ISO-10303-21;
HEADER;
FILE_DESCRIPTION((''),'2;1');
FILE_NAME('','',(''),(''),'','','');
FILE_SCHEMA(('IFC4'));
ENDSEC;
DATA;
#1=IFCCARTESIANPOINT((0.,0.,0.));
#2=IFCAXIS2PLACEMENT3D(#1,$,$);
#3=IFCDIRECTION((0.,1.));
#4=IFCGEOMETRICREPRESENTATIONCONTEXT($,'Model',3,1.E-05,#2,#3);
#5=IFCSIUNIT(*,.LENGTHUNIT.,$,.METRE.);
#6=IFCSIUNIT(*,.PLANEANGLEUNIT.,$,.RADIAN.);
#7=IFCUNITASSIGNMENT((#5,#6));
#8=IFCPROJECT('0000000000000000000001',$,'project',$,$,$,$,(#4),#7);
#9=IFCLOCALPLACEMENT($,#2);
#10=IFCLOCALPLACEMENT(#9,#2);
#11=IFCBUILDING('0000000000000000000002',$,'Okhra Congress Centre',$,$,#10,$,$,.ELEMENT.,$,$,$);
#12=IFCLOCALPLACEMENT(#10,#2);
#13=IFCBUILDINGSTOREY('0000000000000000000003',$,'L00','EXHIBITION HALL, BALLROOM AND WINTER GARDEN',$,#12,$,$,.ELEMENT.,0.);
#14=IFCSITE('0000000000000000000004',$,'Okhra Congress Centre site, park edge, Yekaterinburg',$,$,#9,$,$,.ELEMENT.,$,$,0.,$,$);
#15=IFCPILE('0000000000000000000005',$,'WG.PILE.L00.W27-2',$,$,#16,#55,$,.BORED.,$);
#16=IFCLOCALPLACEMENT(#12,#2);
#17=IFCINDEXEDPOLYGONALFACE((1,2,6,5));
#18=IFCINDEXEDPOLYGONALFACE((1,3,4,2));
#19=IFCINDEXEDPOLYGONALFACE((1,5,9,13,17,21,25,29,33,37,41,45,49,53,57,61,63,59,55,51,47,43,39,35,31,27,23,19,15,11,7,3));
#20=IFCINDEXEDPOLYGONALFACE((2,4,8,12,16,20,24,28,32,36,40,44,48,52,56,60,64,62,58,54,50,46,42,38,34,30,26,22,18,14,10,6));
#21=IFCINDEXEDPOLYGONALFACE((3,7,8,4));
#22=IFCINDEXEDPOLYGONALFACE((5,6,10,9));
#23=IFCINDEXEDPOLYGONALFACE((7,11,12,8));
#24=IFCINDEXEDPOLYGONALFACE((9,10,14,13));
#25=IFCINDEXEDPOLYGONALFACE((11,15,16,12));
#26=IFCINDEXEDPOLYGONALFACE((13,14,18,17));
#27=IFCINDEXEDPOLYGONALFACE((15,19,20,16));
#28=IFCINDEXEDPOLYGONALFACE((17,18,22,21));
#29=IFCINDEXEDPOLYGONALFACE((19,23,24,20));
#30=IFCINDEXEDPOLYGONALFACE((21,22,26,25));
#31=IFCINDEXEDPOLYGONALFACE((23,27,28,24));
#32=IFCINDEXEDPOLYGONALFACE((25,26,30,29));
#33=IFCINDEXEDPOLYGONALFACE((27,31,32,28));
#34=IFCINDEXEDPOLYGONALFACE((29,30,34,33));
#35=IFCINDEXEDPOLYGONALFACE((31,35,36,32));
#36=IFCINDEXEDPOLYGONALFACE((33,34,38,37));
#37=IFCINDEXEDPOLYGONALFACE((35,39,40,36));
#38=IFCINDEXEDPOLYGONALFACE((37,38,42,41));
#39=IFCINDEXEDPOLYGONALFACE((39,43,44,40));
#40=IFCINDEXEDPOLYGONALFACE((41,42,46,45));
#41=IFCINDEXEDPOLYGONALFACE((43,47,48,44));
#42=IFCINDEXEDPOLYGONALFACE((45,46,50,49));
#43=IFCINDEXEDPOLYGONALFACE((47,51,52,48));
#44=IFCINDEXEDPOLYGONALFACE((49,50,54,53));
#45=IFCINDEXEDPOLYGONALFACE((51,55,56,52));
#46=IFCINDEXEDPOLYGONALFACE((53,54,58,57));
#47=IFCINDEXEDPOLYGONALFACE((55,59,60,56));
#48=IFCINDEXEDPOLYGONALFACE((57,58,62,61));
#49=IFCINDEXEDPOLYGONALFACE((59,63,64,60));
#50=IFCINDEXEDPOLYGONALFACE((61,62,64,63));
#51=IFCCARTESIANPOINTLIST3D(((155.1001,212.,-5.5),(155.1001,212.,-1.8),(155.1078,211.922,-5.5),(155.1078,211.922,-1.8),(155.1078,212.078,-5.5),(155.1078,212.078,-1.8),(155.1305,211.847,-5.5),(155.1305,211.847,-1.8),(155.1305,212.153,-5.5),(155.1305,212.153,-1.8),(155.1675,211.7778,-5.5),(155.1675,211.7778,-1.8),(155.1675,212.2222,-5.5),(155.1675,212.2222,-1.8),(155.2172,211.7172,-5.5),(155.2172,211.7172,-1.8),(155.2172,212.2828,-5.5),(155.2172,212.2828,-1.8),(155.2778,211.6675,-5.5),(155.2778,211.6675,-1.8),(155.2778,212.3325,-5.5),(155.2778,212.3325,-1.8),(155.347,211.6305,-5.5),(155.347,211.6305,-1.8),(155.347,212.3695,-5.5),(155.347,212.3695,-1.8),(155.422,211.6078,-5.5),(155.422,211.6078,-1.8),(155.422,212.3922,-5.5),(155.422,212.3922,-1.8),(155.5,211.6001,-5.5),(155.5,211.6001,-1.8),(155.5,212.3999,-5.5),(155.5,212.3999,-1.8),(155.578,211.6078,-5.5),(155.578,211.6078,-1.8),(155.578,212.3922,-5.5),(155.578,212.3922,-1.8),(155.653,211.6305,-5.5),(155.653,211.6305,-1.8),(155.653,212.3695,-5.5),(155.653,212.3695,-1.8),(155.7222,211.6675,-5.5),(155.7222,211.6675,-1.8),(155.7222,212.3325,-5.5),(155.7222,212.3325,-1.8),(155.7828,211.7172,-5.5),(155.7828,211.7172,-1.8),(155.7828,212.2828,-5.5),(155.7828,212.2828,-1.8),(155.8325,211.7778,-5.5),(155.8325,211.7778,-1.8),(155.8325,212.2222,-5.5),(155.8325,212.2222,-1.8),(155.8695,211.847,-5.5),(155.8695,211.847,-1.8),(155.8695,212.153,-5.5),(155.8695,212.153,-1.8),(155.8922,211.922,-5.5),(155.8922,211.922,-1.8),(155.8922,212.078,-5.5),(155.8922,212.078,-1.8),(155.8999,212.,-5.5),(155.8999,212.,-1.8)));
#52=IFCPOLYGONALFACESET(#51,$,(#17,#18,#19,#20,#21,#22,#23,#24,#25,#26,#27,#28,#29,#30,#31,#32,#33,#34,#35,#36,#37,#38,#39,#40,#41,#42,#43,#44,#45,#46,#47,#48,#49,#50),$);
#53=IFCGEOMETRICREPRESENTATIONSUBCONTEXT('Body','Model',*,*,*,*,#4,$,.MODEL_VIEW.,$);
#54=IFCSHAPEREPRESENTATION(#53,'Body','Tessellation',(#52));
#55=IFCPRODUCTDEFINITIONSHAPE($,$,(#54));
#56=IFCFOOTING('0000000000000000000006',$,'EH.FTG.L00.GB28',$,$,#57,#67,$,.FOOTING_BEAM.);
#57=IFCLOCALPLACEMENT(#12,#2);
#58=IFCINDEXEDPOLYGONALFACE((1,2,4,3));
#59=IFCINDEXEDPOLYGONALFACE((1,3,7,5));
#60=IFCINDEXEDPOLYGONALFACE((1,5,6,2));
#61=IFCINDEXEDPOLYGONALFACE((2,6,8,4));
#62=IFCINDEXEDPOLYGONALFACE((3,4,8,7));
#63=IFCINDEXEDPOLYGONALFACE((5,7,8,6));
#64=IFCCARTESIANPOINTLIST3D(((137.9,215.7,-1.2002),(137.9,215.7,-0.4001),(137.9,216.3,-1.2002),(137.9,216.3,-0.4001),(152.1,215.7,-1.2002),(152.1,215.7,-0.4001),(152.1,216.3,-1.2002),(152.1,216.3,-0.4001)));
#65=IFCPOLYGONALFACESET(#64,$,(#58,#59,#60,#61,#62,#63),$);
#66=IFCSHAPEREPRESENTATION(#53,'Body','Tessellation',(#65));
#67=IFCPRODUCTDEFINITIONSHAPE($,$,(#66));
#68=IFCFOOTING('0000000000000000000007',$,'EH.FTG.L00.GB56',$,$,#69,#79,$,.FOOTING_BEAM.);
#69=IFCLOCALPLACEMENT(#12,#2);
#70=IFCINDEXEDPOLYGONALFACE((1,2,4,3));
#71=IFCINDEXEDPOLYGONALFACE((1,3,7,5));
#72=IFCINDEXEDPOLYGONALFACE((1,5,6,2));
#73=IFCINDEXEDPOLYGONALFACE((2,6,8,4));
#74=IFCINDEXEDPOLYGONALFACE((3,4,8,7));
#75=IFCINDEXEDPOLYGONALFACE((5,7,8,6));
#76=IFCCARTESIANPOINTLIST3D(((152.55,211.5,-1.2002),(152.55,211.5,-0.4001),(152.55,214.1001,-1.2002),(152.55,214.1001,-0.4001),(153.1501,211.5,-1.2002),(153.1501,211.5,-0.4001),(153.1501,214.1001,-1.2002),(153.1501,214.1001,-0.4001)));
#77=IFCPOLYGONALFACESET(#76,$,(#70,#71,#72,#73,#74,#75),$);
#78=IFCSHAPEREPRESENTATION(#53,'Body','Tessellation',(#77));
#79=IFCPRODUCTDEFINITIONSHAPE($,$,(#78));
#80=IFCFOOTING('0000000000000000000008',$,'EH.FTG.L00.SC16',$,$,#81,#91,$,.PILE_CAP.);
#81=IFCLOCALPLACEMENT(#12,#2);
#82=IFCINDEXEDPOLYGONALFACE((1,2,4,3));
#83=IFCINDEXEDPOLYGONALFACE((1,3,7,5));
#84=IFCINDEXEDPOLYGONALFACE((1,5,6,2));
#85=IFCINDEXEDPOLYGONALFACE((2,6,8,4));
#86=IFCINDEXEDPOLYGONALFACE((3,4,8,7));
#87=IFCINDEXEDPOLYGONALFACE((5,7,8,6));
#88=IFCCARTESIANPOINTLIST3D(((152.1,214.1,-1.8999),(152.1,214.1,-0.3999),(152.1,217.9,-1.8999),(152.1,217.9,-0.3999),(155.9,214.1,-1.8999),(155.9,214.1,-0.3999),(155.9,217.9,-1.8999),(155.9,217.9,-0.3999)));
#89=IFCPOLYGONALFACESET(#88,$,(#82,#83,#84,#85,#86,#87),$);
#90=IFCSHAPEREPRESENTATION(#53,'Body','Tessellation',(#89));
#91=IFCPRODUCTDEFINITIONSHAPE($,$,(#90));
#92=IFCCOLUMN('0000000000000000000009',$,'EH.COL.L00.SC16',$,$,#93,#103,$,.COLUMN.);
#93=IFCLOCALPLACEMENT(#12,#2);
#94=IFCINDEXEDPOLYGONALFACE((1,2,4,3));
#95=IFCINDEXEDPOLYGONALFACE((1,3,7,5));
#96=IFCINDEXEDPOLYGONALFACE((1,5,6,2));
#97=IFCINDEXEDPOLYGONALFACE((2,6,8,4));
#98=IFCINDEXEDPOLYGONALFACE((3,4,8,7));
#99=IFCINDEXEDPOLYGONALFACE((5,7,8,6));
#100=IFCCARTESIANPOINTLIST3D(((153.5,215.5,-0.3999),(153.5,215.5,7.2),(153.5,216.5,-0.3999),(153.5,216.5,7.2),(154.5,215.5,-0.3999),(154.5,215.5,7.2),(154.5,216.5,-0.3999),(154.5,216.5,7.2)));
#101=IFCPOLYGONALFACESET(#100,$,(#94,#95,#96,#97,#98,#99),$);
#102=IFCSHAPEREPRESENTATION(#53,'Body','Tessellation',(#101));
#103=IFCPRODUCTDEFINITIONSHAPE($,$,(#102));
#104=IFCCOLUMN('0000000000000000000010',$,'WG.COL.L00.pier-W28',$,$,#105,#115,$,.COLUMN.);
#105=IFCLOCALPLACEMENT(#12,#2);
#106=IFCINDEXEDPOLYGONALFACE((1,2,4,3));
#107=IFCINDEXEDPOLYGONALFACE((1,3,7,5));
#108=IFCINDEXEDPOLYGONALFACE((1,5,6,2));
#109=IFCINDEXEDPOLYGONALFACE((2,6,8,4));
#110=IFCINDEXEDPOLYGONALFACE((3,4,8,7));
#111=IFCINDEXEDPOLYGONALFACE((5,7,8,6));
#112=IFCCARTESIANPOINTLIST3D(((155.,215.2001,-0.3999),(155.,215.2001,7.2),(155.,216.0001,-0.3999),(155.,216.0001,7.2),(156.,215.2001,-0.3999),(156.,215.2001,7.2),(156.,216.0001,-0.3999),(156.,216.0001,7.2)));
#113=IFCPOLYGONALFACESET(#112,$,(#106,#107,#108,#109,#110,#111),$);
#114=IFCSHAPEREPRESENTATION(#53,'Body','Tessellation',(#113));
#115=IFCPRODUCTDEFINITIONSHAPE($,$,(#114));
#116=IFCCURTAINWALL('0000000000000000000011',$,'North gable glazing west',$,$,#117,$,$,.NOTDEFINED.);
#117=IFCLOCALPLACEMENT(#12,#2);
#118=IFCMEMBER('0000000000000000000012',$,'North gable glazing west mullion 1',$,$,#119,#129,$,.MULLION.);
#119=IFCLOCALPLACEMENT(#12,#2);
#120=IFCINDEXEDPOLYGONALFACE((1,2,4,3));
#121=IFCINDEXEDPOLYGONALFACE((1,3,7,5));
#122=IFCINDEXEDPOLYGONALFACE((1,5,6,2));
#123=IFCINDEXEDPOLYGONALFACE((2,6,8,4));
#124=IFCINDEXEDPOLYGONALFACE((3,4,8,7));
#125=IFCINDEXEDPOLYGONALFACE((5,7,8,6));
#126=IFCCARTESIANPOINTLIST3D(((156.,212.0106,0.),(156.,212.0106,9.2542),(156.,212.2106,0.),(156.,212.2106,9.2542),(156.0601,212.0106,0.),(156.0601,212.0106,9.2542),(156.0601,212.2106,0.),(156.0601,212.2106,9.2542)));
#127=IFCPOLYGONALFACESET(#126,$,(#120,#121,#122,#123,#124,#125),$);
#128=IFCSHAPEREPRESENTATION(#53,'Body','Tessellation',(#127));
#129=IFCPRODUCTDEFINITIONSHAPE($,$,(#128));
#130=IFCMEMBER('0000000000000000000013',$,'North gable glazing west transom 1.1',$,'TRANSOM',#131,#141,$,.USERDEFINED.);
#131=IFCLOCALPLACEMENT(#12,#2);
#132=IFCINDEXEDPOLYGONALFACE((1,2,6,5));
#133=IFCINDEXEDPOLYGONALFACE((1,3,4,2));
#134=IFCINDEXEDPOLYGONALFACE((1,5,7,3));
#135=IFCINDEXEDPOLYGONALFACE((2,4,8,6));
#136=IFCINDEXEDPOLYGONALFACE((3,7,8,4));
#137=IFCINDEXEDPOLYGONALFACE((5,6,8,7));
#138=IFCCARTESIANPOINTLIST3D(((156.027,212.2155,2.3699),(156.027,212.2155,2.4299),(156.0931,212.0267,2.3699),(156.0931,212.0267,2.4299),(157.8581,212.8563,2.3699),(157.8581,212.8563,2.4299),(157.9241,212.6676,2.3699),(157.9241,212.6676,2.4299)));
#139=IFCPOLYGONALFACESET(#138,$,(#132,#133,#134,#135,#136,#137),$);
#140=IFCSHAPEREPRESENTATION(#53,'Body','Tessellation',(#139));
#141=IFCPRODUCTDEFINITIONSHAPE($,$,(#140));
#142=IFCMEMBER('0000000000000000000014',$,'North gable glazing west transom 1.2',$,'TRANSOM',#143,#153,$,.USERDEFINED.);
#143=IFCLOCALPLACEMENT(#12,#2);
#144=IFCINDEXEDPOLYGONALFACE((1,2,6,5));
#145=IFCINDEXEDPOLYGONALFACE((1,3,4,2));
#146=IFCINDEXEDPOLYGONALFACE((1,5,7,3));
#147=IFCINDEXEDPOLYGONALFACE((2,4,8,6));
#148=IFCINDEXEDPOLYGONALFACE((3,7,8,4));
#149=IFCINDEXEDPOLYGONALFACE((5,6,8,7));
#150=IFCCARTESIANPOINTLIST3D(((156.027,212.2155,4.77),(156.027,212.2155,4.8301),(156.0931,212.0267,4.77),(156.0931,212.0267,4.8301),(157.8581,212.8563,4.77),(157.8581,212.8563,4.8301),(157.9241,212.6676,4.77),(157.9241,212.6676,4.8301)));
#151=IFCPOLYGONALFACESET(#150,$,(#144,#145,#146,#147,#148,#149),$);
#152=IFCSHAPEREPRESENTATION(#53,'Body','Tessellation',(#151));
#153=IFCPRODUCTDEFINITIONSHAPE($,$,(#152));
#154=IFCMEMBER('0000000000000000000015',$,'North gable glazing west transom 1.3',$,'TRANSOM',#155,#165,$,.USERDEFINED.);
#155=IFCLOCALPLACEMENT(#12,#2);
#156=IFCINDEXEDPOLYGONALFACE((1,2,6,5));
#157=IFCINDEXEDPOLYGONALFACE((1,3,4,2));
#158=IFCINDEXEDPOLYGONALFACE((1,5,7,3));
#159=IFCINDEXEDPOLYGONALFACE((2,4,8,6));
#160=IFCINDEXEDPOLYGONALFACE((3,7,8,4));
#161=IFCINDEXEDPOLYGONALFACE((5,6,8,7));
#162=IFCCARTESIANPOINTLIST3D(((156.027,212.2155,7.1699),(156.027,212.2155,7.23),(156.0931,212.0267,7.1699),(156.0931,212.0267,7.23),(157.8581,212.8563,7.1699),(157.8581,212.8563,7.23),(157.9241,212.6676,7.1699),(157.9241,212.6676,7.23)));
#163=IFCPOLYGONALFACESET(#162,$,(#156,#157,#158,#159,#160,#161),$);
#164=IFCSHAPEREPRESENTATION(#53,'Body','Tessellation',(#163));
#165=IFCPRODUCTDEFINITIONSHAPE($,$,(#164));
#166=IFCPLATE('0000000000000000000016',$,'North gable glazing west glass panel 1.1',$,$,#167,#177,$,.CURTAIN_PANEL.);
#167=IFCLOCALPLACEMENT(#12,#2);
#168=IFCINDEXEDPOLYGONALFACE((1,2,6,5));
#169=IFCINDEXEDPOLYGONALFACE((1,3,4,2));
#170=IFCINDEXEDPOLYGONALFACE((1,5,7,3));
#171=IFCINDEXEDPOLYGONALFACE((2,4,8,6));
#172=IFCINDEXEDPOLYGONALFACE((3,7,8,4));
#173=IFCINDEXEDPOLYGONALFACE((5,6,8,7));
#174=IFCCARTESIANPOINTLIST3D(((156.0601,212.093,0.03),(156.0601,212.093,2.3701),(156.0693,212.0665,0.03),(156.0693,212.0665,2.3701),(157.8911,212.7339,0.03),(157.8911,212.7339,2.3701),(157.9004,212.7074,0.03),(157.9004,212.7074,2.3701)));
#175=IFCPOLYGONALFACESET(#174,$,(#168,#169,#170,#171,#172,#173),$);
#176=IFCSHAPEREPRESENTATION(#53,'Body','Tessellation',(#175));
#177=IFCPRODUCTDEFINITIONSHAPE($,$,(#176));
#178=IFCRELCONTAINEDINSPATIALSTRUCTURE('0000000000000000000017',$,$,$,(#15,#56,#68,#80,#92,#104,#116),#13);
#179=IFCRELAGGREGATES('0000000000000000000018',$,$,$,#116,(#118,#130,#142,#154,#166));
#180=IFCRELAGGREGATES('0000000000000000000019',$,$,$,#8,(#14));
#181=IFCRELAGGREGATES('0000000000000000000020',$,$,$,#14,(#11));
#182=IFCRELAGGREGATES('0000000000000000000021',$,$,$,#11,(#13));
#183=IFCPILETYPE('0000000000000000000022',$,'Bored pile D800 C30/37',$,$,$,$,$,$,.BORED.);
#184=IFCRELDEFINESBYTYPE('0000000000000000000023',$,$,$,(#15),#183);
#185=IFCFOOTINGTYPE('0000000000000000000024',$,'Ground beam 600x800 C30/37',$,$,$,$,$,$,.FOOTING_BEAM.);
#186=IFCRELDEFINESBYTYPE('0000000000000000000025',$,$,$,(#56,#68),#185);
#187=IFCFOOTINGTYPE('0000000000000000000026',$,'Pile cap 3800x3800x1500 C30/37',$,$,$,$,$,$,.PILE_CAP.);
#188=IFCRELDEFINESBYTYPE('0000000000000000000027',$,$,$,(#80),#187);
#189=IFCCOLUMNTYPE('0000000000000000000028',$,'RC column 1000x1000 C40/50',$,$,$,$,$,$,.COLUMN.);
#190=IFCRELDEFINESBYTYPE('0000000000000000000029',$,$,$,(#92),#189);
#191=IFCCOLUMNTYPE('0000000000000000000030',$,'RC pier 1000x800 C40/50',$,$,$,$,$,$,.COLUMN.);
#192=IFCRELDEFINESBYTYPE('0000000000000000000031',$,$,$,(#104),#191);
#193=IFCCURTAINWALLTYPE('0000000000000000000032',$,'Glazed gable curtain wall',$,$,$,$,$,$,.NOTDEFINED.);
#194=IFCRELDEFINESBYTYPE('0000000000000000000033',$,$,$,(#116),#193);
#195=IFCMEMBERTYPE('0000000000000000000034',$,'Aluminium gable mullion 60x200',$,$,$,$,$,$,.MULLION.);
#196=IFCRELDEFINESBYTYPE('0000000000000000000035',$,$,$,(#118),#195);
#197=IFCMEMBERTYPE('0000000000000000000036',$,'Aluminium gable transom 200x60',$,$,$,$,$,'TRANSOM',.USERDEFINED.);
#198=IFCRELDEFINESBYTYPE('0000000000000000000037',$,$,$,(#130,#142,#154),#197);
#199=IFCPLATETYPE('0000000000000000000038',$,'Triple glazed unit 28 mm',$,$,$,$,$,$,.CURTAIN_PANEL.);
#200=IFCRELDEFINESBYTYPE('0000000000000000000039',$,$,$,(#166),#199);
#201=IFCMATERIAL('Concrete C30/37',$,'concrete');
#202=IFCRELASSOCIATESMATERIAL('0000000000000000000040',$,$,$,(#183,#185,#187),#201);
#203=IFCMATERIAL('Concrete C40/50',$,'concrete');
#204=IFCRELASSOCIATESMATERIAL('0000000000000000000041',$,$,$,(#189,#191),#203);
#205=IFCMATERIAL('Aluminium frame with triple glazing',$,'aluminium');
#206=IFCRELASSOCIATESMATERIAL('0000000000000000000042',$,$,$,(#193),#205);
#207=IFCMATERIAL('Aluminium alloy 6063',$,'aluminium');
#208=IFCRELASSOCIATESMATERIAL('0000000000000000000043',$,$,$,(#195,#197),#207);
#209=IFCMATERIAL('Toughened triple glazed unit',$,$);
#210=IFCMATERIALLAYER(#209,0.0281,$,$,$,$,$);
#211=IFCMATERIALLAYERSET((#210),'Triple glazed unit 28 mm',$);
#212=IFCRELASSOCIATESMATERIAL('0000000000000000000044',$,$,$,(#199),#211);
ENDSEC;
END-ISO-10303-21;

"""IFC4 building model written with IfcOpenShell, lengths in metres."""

from ifc_helpers import new_model, si_unit, direction, frame, origin, origin_2d, place, context, subcontext, project, spatial, polyline, rectangle, circle, outline, extrude, material, layer, layer_set, material_profile, profile_set, type_object, element, aggregate, save


model = new_model("IFC4")

# Units and contexts
model_context = context("Model", 3, precision=1e-05, world=origin(), true_north=direction((0.0, 1.0)))
body_context = subcontext(model_context, "Body", "Model", "MODEL_VIEW")
ifc_project = project(units=[si_unit("LENGTHUNIT", "METRE"), si_unit("PLANEANGLEUNIT", "RADIAN")], contexts=[model_context])

# Site, building, storey
site_placement = place(None, origin())
site = spatial("IfcSite", under=ifc_project, at=site_placement, Name="Okhra Congress Centre site, park edge, Yekaterinburg", CompositionType="ELEMENT", RefElevation=0.0)
building_placement = place(site_placement, origin())
building = spatial("IfcBuilding", under=site, at=building_placement, Name="Okhra Congress Centre", CompositionType="ELEMENT")
storey_placement = place(building_placement, origin())
storey = spatial("IfcBuildingStorey", under=building, at=storey_placement, Name="L00", Description="EXHIBITION HALL, BALLROOM AND WINTER GARDEN", CompositionType="ELEMENT", Elevation=0.0)

# Pile
ifc_material_1 = material(Name="Concrete C30/37", Category="concrete")
ifc_material_profile_1 = material_profile(ifc_material_1, circle(Radius=0.3999, at=origin_2d()), Name="D800")
ifc_profile_set_1 = profile_set([ifc_material_profile_1], Name="Concrete C30/37")
pile_type_1 = type_object("IfcPileType", Name="Bored pile D800 C30/37", PredefinedType="BORED", material=ifc_profile_set_1)
pile_1_placement = place(storey_placement, frame((155.5, 212.0, -1.8), z_axis=(0.0, 0.0, -1.0), x_axis=(1.0, 0.0, 0.0)))
element("IfcPile", 1, at=pile_1_placement, inside=storey, type_object=pile_type_1, Name="WG.PILE.L00.W27-2", PredefinedType="BORED", context=body_context, shape_type="SweptSolid", body=[
    extrude(circle(Radius=0.3999, at=origin_2d()), origin(), (0.0, 0.0, 1.0), 3.7),
])

# Footings
footing_type_1 = type_object("IfcFootingType", Name="Ground beam 600x800 C30/37", PredefinedType="FOOTING_BEAM", material=ifc_material_1)
footing_1_placement = place(storey_placement, frame((145.0, 216.0, -1.2002), z_axis=(0.0, 0.0, 1.0), x_axis=(1.0, 0.0, 0.0)))
element("IfcFooting", 2, at=footing_1_placement, inside=storey, type_object=footing_type_1, Name="EH.FTG.L00.GB28", PredefinedType="FOOTING_BEAM", context=body_context, shape_type="SweptSolid", body=[
    extrude(rectangle(XDim=14.2, YDim=0.6001, at=origin_2d()), origin(), (0.0, 0.0, 1.0), 0.8),
])
footing_2_placement = place(storey_placement, frame((152.8501, 212.8, -1.2002), z_axis=(0.0, 0.0, 1.0), x_axis=(0.0, 1.0, 0.0)))
element("IfcFooting", 3, at=footing_2_placement, inside=storey, type_object=footing_type_1, Name="EH.FTG.L00.GB56", PredefinedType="FOOTING_BEAM", context=body_context, shape_type="SweptSolid", body=[
    extrude(rectangle(XDim=2.6001, YDim=0.6001, at=origin_2d()), origin(), (0.0, 0.0, 1.0), 0.8),
])
footing_type_2 = type_object("IfcFootingType", Name="Pile cap 3800x3800x1500 C30/37", PredefinedType="PILE_CAP", material=ifc_material_1)
footing_3_placement = place(storey_placement, frame((154.0, 216.0, -1.8999), z_axis=(0.0, 0.0, 1.0), x_axis=(1.0, 0.0, 0.0)))
element("IfcFooting", 4, at=footing_3_placement, inside=storey, type_object=footing_type_2, Name="EH.FTG.L00.SC16", PredefinedType="PILE_CAP", context=body_context, shape_type="SweptSolid", body=[
    extrude(rectangle(XDim=3.8, YDim=3.8, at=origin_2d()), origin(), (0.0, 0.0, 1.0), 1.5),
])

# Columns
ifc_material_2 = material(Name="Concrete C40/50", Category="concrete")
ifc_material_profile_2 = material_profile(ifc_material_2, rectangle(XDim=1.0, YDim=1.0, at=origin_2d()), Name="RC 1000x1000")
ifc_profile_set_2 = profile_set([ifc_material_profile_2], Name="Concrete C40/50")
column_type_1 = type_object("IfcColumnType", Name="RC column 1000x1000 C40/50", PredefinedType="COLUMN", material=ifc_profile_set_2)
column_1_placement = place(storey_placement, frame((154.0, 216.0, -0.3999), z_axis=(0.0, 0.0, 1.0), x_axis=(1.0, 0.0, 0.0)))
element("IfcColumn", 5, at=column_1_placement, inside=storey, type_object=column_type_1, Name="EH.COL.L00.SC16", PredefinedType="COLUMN", context=body_context, shape_type="SweptSolid", body=[
    extrude(rectangle(XDim=1.0, YDim=1.0, at=origin_2d()), origin(), (0.0, 0.0, 1.0), 7.5999),
])
ifc_material_profile_3 = material_profile(ifc_material_2, rectangle(XDim=1.0, YDim=0.8, at=origin_2d()), Name="RC 1000x800")
ifc_profile_set_3 = profile_set([ifc_material_profile_3], Name="Concrete C40/50")
column_type_2 = type_object("IfcColumnType", Name="RC pier 1000x800 C40/50", PredefinedType="COLUMN", material=ifc_profile_set_3)
column_2_placement = place(storey_placement, frame((155.5, 215.6001, -0.3999), z_axis=(0.0, 0.0, 1.0), x_axis=(1.0, 0.0, 0.0)))
element("IfcColumn", 6, at=column_2_placement, inside=storey, type_object=column_type_2, Name="WG.COL.L00.pier-W28", PredefinedType="COLUMN", context=body_context, shape_type="SweptSolid", body=[
    extrude(rectangle(XDim=1.0, YDim=0.8, at=origin_2d()), origin(), (0.0, 0.0, 1.0), 7.5999),
])

# Curtain wall, members, plate
ifc_material_3 = material(Name="Aluminium frame with triple glazing", Category="aluminium")
curtain_wall_type = type_object("IfcCurtainWallType", Name="Glazed gable curtain wall", PredefinedType="NOTDEFINED", material=ifc_material_3)
curtain_wall_placement = place(storey_placement, origin())
curtain_wall = element("IfcCurtainWall", 7, at=curtain_wall_placement, inside=storey, type_object=curtain_wall_type, Name="North gable glazing west", PredefinedType="NOTDEFINED")
ifc_material_4 = material(Name="Aluminium alloy 6063", Category="aluminium")
ifc_material_profile_4 = material_profile(ifc_material_4, rectangle(XDim=0.0601, YDim=0.2, at=origin_2d()), Name="AL 60x200 gable")
ifc_profile_set_4 = profile_set([ifc_material_profile_4], Name="Aluminium alloy 6063")
member_type_1 = type_object("IfcMemberType", Name="Aluminium gable mullion 60x200", PredefinedType="MULLION", material=ifc_profile_set_4)
member_1_placement = place(storey_placement, frame((156.03, 212.1106, 0.0), z_axis=(0.0, 0.0, 1.0), x_axis=(1.0, 0.0, 0.0)))
member_1 = element("IfcMember", 8, at=member_1_placement, type_object=member_type_1, Name="North gable glazing west mullion 1", PredefinedType="MULLION", context=body_context, shape_type="SweptSolid", body=[
    extrude(rectangle(XDim=0.0601, YDim=0.2, at=origin_2d()), origin(), (0.0, 0.0, 1.0), 9.2542),
])
ifc_material_profile_5 = material_profile(ifc_material_4, rectangle(XDim=0.2, YDim=0.0601, at=origin_2d()), Name="AL 200x60 gable transom")
ifc_profile_set_5 = profile_set([ifc_material_profile_5], Name="Aluminium alloy 6063")
member_type_2 = type_object("IfcMemberType", Name="Aluminium gable transom 200x60", ElementType="TRANSOM", PredefinedType="USERDEFINED", material=ifc_profile_set_5)
member_2_placement = place(storey_placement, frame((156.0601, 212.1211, 2.3999), z_axis=(0.943858, 0.33035, 0.0), x_axis=(-0.33035, 0.943858, 0.0)))
member_2 = element("IfcMember", 9, at=member_2_placement, type_object=member_type_2, Name="North gable glazing west transom 1.1", ObjectType="TRANSOM", PredefinedType="USERDEFINED", context=body_context, shape_type="SweptSolid", body=[
    extrude(rectangle(XDim=0.2, YDim=0.0601, at=origin_2d()), origin(), (0.0, 0.0, 1.0), 1.9399),
])
member_3_placement = place(storey_placement, frame((156.0601, 212.1211, 4.8), z_axis=(0.943858, 0.33035, 0.0), x_axis=(-0.33035, 0.943858, 0.0)))
member_3 = element("IfcMember", 10, at=member_3_placement, type_object=member_type_2, Name="North gable glazing west transom 1.2", ObjectType="TRANSOM", PredefinedType="USERDEFINED", context=body_context, shape_type="SweptSolid", body=[
    extrude(rectangle(XDim=0.2, YDim=0.0601, at=origin_2d()), origin(), (0.0, 0.0, 1.0), 1.9399),
])
member_4_placement = place(storey_placement, frame((156.0601, 212.1211, 7.2), z_axis=(0.943858, 0.33035, 0.0), x_axis=(-0.33035, 0.943858, 0.0)))
member_4 = element("IfcMember", 11, at=member_4_placement, type_object=member_type_2, Name="North gable glazing west transom 1.3", ObjectType="TRANSOM", PredefinedType="USERDEFINED", context=body_context, shape_type="SweptSolid", body=[
    extrude(rectangle(XDim=0.2, YDim=0.0601, at=origin_2d()), origin(), (0.0, 0.0, 1.0), 1.9399),
])
ifc_material_5 = material(Name="Toughened triple glazed unit")
ifc_layer_1 = layer(ifc_material_5, 0.0281)
ifc_layer_set_1 = layer_set([ifc_layer_1], Name="Triple glazed unit 28 mm")
plate_type = type_object("IfcPlateType", Name="Triple glazed unit 28 mm", PredefinedType="CURTAIN_PANEL", material=ifc_layer_set_1)
plate_1_placement = place(storey_placement, frame((157.8911, 212.7339, 0.03), z_axis=(-0.33035, 0.943858, 0.0), x_axis=(-0.943858, -0.33035, 0.0)))
plate_1 = element("IfcPlate", 12, at=plate_1_placement, type_object=plate_type, Name="North gable glazing west glass panel 1.1", PredefinedType="CURTAIN_PANEL", context=body_context, shape_type="SweptSolid", body=[
    extrude(outline(polyline([(0.0, 0.0), (1.94, 0.0), (1.94, 2.3401), (0.0, 2.3401), (0.0, 0.0)])), origin(), (0.0, 0.0, -1.0), 0.0281),
])
aggregate(curtain_wall, [member_1, member_2, member_3, member_4, plate_1])

save(model, "model.ifc")
